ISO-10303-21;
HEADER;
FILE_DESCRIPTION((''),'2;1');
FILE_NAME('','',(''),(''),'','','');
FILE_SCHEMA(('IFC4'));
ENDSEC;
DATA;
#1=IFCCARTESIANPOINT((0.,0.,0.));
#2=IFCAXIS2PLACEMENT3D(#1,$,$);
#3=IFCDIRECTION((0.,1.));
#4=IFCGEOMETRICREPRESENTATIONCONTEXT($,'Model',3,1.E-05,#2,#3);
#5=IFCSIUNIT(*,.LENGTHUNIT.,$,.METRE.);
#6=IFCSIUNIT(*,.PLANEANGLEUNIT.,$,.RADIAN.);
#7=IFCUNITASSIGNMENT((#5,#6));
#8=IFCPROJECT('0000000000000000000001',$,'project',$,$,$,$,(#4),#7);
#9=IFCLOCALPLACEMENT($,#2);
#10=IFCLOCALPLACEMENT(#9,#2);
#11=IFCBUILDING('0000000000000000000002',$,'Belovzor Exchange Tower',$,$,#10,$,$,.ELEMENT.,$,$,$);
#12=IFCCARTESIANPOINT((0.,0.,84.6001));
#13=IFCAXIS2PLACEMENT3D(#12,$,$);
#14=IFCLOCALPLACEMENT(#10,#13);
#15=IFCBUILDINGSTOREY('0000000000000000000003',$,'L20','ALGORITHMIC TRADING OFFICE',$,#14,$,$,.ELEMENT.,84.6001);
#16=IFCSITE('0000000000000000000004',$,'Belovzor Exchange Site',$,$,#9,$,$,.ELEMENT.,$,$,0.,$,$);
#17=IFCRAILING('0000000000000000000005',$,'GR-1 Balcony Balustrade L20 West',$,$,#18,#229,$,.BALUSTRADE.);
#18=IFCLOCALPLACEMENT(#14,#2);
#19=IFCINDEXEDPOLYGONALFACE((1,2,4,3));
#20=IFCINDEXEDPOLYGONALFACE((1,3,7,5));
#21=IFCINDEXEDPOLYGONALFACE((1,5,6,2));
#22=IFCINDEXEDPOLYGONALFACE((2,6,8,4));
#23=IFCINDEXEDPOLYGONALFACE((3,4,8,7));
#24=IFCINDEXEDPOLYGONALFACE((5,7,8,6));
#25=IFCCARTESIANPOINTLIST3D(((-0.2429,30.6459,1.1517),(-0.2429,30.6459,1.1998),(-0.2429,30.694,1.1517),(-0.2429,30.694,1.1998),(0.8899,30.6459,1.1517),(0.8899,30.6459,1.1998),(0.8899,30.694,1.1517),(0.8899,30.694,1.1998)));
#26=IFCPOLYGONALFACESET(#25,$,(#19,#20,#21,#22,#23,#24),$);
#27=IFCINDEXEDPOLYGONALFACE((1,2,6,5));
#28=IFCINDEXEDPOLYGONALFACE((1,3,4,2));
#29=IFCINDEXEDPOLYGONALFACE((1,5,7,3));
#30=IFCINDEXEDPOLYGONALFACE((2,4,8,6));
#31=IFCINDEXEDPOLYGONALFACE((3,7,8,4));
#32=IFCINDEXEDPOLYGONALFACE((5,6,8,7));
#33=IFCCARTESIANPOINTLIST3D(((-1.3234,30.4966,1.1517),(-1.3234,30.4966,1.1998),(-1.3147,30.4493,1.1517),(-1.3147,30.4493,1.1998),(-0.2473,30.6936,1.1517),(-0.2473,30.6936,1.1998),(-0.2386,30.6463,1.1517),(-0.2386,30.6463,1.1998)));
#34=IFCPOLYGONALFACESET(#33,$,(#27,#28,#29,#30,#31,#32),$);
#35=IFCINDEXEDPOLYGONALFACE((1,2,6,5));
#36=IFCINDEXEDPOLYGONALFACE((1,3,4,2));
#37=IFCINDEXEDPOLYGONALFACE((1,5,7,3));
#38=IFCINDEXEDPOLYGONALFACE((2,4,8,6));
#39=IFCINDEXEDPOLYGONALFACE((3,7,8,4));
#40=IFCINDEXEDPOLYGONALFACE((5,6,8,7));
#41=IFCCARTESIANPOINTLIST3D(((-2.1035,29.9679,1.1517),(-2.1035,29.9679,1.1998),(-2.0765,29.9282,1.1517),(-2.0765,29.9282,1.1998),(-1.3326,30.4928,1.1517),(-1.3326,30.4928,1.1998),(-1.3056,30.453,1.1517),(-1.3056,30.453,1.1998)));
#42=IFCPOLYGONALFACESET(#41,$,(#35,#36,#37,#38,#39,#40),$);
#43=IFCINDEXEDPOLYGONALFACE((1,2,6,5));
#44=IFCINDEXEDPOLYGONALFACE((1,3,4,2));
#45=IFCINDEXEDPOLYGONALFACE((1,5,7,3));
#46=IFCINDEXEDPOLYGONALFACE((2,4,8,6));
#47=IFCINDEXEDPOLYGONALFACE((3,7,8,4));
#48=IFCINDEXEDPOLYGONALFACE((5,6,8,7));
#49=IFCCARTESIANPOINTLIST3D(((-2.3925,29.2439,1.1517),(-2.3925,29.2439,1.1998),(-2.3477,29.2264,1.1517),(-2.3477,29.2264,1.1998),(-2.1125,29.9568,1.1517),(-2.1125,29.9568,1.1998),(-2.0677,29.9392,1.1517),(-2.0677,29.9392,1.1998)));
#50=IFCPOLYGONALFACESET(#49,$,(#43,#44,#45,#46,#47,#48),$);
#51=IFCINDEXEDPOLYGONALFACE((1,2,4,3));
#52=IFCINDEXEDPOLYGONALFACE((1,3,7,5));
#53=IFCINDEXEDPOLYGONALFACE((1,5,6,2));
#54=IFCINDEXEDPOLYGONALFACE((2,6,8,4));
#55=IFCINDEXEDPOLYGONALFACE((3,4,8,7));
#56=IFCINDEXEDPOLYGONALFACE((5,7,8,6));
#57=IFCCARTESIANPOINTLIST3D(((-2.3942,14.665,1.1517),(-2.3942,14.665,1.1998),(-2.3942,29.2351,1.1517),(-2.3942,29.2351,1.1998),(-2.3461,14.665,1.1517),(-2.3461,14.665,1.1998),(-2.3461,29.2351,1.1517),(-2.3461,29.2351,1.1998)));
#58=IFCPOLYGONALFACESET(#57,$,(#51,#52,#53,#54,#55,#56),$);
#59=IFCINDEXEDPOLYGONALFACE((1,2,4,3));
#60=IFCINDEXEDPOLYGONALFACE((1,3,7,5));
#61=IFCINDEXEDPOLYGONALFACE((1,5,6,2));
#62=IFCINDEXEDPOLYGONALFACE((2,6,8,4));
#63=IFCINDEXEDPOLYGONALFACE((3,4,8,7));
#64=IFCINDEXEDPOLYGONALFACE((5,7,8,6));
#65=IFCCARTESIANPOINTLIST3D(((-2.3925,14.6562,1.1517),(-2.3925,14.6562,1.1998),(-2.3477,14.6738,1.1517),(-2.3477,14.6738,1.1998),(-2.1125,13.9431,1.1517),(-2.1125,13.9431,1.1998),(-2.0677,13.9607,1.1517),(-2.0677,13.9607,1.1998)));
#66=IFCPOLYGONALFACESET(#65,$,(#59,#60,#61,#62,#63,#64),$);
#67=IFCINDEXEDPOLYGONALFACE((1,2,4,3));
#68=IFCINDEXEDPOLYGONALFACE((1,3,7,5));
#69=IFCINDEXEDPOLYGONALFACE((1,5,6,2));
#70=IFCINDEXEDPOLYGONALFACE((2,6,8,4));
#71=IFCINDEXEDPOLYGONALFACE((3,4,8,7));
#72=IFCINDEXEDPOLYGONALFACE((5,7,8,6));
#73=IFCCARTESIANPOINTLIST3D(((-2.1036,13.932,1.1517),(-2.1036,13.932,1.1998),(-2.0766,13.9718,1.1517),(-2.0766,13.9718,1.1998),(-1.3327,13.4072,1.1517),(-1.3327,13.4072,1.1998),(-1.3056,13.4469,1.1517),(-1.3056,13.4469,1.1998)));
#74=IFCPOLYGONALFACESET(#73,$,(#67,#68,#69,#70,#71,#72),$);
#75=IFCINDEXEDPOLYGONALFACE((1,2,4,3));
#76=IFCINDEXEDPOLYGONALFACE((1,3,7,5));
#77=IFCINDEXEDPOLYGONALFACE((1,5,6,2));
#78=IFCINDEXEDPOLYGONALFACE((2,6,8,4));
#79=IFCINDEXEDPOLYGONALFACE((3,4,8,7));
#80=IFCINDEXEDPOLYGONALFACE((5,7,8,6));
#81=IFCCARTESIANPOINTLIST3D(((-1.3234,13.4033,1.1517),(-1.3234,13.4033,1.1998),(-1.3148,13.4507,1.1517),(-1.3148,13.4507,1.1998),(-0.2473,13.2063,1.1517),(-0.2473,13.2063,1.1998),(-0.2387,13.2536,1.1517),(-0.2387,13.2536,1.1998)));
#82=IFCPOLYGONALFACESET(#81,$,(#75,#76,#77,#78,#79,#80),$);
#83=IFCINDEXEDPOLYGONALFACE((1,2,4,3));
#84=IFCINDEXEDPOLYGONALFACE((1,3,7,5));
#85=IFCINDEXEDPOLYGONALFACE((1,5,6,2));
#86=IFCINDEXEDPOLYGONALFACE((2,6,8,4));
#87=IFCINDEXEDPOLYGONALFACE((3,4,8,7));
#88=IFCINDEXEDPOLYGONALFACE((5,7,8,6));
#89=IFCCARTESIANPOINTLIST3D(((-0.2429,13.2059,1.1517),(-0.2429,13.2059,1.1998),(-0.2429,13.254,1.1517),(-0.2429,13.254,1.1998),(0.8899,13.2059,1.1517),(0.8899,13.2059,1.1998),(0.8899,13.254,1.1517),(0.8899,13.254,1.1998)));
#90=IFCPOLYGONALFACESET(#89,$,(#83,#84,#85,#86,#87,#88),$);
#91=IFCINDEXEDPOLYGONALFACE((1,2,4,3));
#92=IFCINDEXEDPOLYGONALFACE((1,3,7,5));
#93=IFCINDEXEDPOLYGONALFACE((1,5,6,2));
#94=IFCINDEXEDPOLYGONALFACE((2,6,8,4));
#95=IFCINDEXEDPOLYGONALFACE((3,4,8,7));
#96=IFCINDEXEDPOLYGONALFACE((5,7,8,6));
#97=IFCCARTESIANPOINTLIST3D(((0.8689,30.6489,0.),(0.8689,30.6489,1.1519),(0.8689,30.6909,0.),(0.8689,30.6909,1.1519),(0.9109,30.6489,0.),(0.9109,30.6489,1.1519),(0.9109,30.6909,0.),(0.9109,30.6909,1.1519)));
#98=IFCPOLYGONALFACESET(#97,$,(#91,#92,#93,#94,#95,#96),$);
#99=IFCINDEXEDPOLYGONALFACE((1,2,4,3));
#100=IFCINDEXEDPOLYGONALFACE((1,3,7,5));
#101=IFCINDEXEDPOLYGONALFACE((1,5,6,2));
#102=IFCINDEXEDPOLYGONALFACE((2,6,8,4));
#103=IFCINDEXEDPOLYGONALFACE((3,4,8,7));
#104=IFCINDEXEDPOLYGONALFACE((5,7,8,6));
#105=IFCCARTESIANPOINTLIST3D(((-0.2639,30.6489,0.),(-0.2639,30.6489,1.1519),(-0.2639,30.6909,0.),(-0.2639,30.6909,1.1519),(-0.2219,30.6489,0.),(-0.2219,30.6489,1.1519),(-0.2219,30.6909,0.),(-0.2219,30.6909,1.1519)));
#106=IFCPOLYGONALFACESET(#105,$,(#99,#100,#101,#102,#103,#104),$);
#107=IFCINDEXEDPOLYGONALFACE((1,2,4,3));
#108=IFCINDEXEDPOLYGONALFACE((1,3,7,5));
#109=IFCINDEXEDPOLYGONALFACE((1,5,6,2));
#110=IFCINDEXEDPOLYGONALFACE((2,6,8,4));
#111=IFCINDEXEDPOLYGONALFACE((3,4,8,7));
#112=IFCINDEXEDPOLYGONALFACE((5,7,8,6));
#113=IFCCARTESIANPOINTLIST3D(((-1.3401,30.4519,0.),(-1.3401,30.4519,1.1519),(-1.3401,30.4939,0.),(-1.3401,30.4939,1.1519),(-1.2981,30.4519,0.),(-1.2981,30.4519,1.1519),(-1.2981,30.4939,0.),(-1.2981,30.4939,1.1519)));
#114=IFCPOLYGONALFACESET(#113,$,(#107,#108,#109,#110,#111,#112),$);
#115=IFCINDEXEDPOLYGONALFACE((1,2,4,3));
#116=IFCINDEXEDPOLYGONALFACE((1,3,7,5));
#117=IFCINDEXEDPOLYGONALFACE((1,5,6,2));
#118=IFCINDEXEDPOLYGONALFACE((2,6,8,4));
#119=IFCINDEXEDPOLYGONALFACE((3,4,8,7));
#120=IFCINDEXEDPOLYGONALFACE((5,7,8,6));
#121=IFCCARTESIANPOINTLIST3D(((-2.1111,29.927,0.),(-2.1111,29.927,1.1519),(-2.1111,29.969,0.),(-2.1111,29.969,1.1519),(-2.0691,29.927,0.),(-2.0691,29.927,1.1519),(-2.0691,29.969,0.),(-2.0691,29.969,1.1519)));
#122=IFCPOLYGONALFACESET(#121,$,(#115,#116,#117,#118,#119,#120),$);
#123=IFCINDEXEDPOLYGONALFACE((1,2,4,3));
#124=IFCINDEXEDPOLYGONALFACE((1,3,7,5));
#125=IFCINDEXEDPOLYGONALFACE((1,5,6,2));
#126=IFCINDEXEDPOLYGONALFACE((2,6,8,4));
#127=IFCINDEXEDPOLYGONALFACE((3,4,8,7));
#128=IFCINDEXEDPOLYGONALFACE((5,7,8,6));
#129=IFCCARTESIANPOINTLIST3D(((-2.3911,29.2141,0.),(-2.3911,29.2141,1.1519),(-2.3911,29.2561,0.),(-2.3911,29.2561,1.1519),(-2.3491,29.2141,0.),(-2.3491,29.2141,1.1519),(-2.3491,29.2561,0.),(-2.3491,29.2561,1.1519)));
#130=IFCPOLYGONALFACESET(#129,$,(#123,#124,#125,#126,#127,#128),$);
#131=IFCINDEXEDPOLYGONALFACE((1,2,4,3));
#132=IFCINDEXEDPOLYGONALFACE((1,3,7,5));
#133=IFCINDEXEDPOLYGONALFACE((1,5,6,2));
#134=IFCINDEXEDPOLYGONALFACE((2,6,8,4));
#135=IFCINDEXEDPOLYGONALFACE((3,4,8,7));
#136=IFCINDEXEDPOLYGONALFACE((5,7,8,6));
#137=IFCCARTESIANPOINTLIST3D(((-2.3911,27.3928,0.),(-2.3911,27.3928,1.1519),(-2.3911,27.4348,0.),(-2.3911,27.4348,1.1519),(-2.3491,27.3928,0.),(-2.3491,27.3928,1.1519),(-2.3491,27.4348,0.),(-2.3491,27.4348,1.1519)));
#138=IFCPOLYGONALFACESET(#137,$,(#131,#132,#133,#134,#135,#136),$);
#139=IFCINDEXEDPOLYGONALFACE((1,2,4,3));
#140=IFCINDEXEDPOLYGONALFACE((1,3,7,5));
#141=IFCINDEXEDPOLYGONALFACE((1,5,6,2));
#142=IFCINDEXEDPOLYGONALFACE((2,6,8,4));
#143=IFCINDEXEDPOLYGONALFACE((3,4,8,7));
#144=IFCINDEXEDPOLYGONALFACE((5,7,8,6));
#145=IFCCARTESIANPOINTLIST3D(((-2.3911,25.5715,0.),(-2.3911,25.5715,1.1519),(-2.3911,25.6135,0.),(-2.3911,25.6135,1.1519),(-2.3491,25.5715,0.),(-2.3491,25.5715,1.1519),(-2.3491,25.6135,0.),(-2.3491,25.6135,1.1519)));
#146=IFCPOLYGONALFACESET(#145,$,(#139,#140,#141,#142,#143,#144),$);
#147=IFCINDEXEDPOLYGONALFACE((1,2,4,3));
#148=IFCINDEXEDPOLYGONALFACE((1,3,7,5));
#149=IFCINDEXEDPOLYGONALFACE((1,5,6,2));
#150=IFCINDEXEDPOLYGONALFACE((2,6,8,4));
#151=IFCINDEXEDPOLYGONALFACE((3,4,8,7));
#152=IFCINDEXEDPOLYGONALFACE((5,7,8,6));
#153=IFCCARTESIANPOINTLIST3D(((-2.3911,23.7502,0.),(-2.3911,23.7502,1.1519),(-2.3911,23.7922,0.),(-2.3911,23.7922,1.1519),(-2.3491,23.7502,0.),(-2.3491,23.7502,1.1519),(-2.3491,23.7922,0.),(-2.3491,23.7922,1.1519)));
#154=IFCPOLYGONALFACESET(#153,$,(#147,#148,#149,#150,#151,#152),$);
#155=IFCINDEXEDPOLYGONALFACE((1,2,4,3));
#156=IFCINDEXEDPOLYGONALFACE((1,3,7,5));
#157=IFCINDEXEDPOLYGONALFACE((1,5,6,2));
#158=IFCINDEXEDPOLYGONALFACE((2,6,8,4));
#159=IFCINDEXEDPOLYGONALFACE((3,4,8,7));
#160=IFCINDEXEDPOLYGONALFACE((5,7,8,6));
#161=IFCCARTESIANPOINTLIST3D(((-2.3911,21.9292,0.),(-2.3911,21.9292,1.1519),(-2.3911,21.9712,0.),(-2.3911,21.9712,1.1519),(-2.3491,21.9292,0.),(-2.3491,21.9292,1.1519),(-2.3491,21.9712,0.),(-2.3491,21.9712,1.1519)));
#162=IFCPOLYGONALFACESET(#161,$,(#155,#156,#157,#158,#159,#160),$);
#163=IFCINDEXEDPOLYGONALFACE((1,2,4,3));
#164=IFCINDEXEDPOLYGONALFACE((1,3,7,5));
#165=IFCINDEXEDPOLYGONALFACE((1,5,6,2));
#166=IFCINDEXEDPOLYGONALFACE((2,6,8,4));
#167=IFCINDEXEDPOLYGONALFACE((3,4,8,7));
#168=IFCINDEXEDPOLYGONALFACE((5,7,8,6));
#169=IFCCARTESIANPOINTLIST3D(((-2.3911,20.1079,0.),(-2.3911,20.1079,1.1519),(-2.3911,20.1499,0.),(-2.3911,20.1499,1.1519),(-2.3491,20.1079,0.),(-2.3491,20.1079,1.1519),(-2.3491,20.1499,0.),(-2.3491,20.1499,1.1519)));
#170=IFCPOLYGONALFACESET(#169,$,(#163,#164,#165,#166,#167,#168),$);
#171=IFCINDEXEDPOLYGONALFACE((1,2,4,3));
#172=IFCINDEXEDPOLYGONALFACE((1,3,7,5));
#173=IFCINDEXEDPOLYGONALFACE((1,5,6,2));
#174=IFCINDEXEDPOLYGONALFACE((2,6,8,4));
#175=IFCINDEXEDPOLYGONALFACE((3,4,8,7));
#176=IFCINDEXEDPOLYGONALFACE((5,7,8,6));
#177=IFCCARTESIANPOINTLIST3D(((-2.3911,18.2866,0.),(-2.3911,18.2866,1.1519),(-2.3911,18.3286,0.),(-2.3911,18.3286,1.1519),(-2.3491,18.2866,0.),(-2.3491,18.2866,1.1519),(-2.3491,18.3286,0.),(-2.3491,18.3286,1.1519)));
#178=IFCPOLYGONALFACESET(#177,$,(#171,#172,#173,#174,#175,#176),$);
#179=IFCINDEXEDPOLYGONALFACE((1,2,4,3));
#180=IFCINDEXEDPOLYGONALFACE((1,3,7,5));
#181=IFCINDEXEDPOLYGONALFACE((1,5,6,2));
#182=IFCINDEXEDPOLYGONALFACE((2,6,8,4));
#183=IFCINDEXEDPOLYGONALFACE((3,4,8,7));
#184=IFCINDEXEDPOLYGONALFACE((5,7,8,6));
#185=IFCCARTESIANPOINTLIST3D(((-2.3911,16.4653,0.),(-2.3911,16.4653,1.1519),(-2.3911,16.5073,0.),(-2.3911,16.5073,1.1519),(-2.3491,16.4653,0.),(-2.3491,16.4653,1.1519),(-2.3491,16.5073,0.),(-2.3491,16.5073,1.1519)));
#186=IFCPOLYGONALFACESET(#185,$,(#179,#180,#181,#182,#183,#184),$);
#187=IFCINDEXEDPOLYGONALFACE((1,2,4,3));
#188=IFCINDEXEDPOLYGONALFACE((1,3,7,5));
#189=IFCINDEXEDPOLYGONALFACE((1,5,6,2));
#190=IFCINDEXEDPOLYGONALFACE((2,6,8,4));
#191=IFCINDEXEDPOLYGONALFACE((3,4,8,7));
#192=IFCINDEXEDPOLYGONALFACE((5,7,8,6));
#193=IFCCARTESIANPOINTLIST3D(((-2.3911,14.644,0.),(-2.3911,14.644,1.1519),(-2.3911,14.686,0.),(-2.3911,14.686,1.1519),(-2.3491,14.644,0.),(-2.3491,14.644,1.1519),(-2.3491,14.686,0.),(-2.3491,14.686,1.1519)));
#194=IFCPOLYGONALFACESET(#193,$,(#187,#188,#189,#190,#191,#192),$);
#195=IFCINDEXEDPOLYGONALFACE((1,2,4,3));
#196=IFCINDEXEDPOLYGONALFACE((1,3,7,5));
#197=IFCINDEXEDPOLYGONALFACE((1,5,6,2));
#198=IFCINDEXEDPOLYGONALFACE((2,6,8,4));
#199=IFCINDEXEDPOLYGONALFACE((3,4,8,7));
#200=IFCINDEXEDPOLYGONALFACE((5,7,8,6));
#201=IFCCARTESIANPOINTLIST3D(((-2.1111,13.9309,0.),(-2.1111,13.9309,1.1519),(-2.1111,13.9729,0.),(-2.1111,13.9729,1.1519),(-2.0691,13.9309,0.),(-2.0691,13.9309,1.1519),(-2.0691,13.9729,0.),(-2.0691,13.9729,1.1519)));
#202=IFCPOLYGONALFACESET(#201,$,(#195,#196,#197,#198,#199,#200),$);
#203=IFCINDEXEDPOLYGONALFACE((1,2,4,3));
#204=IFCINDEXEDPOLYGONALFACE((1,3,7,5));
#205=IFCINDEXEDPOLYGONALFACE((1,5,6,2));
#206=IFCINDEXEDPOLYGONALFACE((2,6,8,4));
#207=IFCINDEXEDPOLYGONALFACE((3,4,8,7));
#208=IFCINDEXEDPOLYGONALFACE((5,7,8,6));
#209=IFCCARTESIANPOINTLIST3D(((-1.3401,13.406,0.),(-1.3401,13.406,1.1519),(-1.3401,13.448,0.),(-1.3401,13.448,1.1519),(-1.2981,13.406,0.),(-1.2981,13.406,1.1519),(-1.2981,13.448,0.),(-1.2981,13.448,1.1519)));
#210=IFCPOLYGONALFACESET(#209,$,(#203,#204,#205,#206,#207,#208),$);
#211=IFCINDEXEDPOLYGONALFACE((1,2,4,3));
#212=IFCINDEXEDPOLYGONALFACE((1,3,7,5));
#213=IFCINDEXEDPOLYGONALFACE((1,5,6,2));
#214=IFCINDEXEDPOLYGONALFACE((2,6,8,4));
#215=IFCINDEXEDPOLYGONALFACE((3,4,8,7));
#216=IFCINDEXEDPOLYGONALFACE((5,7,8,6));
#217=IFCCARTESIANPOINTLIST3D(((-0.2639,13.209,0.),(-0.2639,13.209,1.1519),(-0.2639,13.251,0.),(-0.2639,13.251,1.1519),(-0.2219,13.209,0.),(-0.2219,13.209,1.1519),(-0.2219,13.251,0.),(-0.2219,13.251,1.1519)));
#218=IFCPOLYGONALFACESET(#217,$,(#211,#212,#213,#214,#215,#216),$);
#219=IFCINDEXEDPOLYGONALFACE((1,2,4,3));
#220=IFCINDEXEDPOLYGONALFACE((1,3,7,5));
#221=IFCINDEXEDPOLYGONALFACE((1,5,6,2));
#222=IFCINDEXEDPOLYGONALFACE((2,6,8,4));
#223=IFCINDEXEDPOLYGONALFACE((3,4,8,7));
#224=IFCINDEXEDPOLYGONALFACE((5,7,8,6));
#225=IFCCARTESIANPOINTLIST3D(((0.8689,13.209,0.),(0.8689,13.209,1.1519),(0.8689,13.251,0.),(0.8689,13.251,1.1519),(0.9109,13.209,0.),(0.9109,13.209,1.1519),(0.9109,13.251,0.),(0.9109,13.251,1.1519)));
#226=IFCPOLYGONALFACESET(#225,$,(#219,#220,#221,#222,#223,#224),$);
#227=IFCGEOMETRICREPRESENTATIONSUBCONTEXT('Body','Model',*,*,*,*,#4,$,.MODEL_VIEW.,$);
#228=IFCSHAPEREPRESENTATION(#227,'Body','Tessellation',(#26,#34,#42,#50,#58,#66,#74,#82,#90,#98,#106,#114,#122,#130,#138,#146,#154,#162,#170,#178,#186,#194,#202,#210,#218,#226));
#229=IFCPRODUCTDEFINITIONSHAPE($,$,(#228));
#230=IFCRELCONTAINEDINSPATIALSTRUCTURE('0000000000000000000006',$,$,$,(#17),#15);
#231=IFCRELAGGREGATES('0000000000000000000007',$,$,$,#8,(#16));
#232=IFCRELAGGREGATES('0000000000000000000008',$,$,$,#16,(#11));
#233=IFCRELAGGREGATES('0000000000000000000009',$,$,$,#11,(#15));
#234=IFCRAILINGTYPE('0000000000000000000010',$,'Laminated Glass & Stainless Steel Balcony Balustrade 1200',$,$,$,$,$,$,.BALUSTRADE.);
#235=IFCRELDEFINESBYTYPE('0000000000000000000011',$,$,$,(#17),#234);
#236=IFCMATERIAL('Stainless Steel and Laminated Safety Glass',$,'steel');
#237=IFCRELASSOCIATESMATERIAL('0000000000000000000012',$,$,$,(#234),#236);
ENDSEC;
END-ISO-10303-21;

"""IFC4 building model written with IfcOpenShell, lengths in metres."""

from ifc_helpers import new_model, si_unit, direction, frame, origin, origin_2d, place, context, subcontext, project, spatial, rectangle, extrude, material, type_object, element, save


model = new_model("IFC4")

# Units and contexts
model_context = context("Model", 3, precision=1e-05, world=origin(), true_north=direction((0.0, 1.0)))
body_context = subcontext(model_context, "Body", "Model", "MODEL_VIEW")
ifc_project = project(units=[si_unit("LENGTHUNIT", "METRE"), si_unit("PLANEANGLEUNIT", "RADIAN")], contexts=[model_context])

# Site, building, storey
site_placement = place(None, origin())
site = spatial("IfcSite", under=ifc_project, at=site_placement, Name="Belovzor Exchange Site", CompositionType="ELEMENT", RefElevation=0.0)
building_placement = place(site_placement, origin())
building = spatial("IfcBuilding", under=site, at=building_placement, Name="Belovzor Exchange Tower", CompositionType="ELEMENT")
storey_placement = place(building_placement, frame((0.0, 0.0, 84.6001)))
storey = spatial("IfcBuildingStorey", under=building, at=storey_placement, Name="L20", Description="ALGORITHMIC TRADING OFFICE", CompositionType="ELEMENT", Elevation=84.6001)

# Railing
ifc_material_1 = material(Name="Stainless Steel and Laminated Safety Glass", Category="steel")
railing_type = type_object("IfcRailingType", Name="Laminated Glass & Stainless Steel Balcony Balustrade 1200", PredefinedType="BALUSTRADE", material=ifc_material_1)
railing_placement = place(storey_placement, frame((0.8899, 30.6699, 0.0)))
element("IfcRailing", 1, at=railing_placement, inside=storey, type_object=railing_type, Name="GR-1 Balcony Balustrade L20 West", PredefinedType="BALUSTRADE", context=body_context, shape_type="SweptSolid", body=[
    extrude(rectangle(XDim=0.0481, YDim=0.0481, at=origin_2d()), frame((0.0, 0.0, 1.1758), z_axis=(-1.0, 0.0, 0.0), x_axis=(0.0, -1.0, 0.0)), (0.0, 0.0, 1.0), 1.1328),
    extrude(rectangle(XDim=0.0481, YDim=0.0481, at=origin_2d()), frame((-1.1328, 0.0, 1.1758), z_axis=(-0.983651, -0.180083, 0.0), x_axis=(0.180083, -0.983651, 0.0)), (0.0, 0.0, 1.0), 1.094),
    extrude(rectangle(XDim=0.0481, YDim=0.0481, at=origin_2d()), frame((-2.209, -0.197, 1.1758), z_axis=(-0.826615, -0.562768, 0.0), x_axis=(0.562768, -0.826615, 0.0)), (0.0, 0.0, 1.0), 0.9326),
    extrude(rectangle(XDim=0.0481, YDim=0.0481, at=origin_2d()), frame((-2.98, -0.7219, 1.1758), z_axis=(-0.365613, -0.930767, 0.0), x_axis=(0.930767, -0.365613, 0.0)), (0.0, 0.0, 1.0), 0.7659),
    extrude(rectangle(XDim=0.0481, YDim=0.0481, at=origin_2d()), frame((-3.26, -1.4348, 1.1758), z_axis=(0.0, -1.0, 0.0), x_axis=(1.0, 0.0, 0.0)), (0.0, 0.0, 1.0), 14.5701),
    extrude(rectangle(XDim=0.0481, YDim=0.0481, at=origin_2d()), frame((-3.26, -16.0049, 1.1758), z_axis=(0.365504, -0.93081, 0.0), x_axis=(0.93081, 0.365504, 0.0)), (0.0, 0.0, 1.0), 0.7661),
    extrude(rectangle(XDim=0.0481, YDim=0.0481, at=origin_2d()), frame((-2.98, -16.718, 1.1758), z_axis=(0.826615, -0.562768, 0.0), x_axis=(0.562768, 0.826615, 0.0)), (0.0, 0.0, 1.0), 0.9326),
    extrude(rectangle(XDim=0.0481, YDim=0.0481, at=origin_2d()), frame((-2.209, -17.2429, 1.1758), z_axis=(0.983651, -0.180083, 0.0), x_axis=(0.180083, 0.983651, 0.0)), (0.0, 0.0, 1.0), 1.094),
    extrude(rectangle(XDim=0.0481, YDim=0.0481, at=origin_2d()), frame((-1.1328, -17.4399, 1.1758), z_axis=(1.0, 0.0, 0.0), x_axis=(0.0, 1.0, 0.0)), (0.0, 0.0, 1.0), 1.1328),
    extrude(rectangle(XDim=0.042, YDim=0.042, at=origin_2d()), origin(), (0.0, 0.0, 1.0), 1.1519),
    extrude(rectangle(XDim=0.042, YDim=0.042, at=origin_2d()), frame((-1.1328, 0.0, 0.0)), (0.0, 0.0, 1.0), 1.1519),
    extrude(rectangle(XDim=0.042, YDim=0.042, at=origin_2d()), frame((-2.209, -0.197, 0.0)), (0.0, 0.0, 1.0), 1.1519),
    extrude(rectangle(XDim=0.042, YDim=0.042, at=origin_2d()), frame((-2.98, -0.7219, 0.0)), (0.0, 0.0, 1.0), 1.1519),
    extrude(rectangle(XDim=0.042, YDim=0.042, at=origin_2d()), frame((-3.26, -1.4348, 0.0)), (0.0, 0.0, 1.0), 1.1519),
    extrude(rectangle(XDim=0.042, YDim=0.042, at=origin_2d()), frame((-3.26, -3.2561, 0.0)), (0.0, 0.0, 1.0), 1.1519),
    extrude(rectangle(XDim=0.042, YDim=0.042, at=origin_2d()), frame((-3.26, -5.0774, 0.0)), (0.0, 0.0, 1.0), 1.1519),
    extrude(rectangle(XDim=0.042, YDim=0.042, at=origin_2d()), frame((-3.26, -6.8987, 0.0)), (0.0, 0.0, 1.0), 1.1519),
    extrude(rectangle(XDim=0.042, YDim=0.042, at=origin_2d()), frame((-3.26, -8.7197, 0.0)), (0.0, 0.0, 1.0), 1.1519),
    extrude(rectangle(XDim=0.042, YDim=0.042, at=origin_2d()), frame((-3.26, -10.541, 0.0)), (0.0, 0.0, 1.0), 1.1519),
    extrude(rectangle(XDim=0.042, YDim=0.042, at=origin_2d()), frame((-3.26, -12.3623, 0.0)), (0.0, 0.0, 1.0), 1.1519),
    extrude(rectangle(XDim=0.042, YDim=0.042, at=origin_2d()), frame((-3.26, -14.1836, 0.0)), (0.0, 0.0, 1.0), 1.1519),
    extrude(rectangle(XDim=0.042, YDim=0.042, at=origin_2d()), frame((-3.26, -16.0049, 0.0)), (0.0, 0.0, 1.0), 1.1519),
    extrude(rectangle(XDim=0.042, YDim=0.042, at=origin_2d()), frame((-2.98, -16.718, 0.0)), (0.0, 0.0, 1.0), 1.1519),
    extrude(rectangle(XDim=0.042, YDim=0.042, at=origin_2d()), frame((-2.209, -17.2429, 0.0)), (0.0, 0.0, 1.0), 1.1519),
    extrude(rectangle(XDim=0.042, YDim=0.042, at=origin_2d()), frame((-1.1328, -17.4399, 0.0)), (0.0, 0.0, 1.0), 1.1519),
    extrude(rectangle(XDim=0.042, YDim=0.042, at=origin_2d()), frame((0.0, -17.4399, 0.0)), (0.0, 0.0, 1.0), 1.1519),
])

save(model, "model.ifc")
